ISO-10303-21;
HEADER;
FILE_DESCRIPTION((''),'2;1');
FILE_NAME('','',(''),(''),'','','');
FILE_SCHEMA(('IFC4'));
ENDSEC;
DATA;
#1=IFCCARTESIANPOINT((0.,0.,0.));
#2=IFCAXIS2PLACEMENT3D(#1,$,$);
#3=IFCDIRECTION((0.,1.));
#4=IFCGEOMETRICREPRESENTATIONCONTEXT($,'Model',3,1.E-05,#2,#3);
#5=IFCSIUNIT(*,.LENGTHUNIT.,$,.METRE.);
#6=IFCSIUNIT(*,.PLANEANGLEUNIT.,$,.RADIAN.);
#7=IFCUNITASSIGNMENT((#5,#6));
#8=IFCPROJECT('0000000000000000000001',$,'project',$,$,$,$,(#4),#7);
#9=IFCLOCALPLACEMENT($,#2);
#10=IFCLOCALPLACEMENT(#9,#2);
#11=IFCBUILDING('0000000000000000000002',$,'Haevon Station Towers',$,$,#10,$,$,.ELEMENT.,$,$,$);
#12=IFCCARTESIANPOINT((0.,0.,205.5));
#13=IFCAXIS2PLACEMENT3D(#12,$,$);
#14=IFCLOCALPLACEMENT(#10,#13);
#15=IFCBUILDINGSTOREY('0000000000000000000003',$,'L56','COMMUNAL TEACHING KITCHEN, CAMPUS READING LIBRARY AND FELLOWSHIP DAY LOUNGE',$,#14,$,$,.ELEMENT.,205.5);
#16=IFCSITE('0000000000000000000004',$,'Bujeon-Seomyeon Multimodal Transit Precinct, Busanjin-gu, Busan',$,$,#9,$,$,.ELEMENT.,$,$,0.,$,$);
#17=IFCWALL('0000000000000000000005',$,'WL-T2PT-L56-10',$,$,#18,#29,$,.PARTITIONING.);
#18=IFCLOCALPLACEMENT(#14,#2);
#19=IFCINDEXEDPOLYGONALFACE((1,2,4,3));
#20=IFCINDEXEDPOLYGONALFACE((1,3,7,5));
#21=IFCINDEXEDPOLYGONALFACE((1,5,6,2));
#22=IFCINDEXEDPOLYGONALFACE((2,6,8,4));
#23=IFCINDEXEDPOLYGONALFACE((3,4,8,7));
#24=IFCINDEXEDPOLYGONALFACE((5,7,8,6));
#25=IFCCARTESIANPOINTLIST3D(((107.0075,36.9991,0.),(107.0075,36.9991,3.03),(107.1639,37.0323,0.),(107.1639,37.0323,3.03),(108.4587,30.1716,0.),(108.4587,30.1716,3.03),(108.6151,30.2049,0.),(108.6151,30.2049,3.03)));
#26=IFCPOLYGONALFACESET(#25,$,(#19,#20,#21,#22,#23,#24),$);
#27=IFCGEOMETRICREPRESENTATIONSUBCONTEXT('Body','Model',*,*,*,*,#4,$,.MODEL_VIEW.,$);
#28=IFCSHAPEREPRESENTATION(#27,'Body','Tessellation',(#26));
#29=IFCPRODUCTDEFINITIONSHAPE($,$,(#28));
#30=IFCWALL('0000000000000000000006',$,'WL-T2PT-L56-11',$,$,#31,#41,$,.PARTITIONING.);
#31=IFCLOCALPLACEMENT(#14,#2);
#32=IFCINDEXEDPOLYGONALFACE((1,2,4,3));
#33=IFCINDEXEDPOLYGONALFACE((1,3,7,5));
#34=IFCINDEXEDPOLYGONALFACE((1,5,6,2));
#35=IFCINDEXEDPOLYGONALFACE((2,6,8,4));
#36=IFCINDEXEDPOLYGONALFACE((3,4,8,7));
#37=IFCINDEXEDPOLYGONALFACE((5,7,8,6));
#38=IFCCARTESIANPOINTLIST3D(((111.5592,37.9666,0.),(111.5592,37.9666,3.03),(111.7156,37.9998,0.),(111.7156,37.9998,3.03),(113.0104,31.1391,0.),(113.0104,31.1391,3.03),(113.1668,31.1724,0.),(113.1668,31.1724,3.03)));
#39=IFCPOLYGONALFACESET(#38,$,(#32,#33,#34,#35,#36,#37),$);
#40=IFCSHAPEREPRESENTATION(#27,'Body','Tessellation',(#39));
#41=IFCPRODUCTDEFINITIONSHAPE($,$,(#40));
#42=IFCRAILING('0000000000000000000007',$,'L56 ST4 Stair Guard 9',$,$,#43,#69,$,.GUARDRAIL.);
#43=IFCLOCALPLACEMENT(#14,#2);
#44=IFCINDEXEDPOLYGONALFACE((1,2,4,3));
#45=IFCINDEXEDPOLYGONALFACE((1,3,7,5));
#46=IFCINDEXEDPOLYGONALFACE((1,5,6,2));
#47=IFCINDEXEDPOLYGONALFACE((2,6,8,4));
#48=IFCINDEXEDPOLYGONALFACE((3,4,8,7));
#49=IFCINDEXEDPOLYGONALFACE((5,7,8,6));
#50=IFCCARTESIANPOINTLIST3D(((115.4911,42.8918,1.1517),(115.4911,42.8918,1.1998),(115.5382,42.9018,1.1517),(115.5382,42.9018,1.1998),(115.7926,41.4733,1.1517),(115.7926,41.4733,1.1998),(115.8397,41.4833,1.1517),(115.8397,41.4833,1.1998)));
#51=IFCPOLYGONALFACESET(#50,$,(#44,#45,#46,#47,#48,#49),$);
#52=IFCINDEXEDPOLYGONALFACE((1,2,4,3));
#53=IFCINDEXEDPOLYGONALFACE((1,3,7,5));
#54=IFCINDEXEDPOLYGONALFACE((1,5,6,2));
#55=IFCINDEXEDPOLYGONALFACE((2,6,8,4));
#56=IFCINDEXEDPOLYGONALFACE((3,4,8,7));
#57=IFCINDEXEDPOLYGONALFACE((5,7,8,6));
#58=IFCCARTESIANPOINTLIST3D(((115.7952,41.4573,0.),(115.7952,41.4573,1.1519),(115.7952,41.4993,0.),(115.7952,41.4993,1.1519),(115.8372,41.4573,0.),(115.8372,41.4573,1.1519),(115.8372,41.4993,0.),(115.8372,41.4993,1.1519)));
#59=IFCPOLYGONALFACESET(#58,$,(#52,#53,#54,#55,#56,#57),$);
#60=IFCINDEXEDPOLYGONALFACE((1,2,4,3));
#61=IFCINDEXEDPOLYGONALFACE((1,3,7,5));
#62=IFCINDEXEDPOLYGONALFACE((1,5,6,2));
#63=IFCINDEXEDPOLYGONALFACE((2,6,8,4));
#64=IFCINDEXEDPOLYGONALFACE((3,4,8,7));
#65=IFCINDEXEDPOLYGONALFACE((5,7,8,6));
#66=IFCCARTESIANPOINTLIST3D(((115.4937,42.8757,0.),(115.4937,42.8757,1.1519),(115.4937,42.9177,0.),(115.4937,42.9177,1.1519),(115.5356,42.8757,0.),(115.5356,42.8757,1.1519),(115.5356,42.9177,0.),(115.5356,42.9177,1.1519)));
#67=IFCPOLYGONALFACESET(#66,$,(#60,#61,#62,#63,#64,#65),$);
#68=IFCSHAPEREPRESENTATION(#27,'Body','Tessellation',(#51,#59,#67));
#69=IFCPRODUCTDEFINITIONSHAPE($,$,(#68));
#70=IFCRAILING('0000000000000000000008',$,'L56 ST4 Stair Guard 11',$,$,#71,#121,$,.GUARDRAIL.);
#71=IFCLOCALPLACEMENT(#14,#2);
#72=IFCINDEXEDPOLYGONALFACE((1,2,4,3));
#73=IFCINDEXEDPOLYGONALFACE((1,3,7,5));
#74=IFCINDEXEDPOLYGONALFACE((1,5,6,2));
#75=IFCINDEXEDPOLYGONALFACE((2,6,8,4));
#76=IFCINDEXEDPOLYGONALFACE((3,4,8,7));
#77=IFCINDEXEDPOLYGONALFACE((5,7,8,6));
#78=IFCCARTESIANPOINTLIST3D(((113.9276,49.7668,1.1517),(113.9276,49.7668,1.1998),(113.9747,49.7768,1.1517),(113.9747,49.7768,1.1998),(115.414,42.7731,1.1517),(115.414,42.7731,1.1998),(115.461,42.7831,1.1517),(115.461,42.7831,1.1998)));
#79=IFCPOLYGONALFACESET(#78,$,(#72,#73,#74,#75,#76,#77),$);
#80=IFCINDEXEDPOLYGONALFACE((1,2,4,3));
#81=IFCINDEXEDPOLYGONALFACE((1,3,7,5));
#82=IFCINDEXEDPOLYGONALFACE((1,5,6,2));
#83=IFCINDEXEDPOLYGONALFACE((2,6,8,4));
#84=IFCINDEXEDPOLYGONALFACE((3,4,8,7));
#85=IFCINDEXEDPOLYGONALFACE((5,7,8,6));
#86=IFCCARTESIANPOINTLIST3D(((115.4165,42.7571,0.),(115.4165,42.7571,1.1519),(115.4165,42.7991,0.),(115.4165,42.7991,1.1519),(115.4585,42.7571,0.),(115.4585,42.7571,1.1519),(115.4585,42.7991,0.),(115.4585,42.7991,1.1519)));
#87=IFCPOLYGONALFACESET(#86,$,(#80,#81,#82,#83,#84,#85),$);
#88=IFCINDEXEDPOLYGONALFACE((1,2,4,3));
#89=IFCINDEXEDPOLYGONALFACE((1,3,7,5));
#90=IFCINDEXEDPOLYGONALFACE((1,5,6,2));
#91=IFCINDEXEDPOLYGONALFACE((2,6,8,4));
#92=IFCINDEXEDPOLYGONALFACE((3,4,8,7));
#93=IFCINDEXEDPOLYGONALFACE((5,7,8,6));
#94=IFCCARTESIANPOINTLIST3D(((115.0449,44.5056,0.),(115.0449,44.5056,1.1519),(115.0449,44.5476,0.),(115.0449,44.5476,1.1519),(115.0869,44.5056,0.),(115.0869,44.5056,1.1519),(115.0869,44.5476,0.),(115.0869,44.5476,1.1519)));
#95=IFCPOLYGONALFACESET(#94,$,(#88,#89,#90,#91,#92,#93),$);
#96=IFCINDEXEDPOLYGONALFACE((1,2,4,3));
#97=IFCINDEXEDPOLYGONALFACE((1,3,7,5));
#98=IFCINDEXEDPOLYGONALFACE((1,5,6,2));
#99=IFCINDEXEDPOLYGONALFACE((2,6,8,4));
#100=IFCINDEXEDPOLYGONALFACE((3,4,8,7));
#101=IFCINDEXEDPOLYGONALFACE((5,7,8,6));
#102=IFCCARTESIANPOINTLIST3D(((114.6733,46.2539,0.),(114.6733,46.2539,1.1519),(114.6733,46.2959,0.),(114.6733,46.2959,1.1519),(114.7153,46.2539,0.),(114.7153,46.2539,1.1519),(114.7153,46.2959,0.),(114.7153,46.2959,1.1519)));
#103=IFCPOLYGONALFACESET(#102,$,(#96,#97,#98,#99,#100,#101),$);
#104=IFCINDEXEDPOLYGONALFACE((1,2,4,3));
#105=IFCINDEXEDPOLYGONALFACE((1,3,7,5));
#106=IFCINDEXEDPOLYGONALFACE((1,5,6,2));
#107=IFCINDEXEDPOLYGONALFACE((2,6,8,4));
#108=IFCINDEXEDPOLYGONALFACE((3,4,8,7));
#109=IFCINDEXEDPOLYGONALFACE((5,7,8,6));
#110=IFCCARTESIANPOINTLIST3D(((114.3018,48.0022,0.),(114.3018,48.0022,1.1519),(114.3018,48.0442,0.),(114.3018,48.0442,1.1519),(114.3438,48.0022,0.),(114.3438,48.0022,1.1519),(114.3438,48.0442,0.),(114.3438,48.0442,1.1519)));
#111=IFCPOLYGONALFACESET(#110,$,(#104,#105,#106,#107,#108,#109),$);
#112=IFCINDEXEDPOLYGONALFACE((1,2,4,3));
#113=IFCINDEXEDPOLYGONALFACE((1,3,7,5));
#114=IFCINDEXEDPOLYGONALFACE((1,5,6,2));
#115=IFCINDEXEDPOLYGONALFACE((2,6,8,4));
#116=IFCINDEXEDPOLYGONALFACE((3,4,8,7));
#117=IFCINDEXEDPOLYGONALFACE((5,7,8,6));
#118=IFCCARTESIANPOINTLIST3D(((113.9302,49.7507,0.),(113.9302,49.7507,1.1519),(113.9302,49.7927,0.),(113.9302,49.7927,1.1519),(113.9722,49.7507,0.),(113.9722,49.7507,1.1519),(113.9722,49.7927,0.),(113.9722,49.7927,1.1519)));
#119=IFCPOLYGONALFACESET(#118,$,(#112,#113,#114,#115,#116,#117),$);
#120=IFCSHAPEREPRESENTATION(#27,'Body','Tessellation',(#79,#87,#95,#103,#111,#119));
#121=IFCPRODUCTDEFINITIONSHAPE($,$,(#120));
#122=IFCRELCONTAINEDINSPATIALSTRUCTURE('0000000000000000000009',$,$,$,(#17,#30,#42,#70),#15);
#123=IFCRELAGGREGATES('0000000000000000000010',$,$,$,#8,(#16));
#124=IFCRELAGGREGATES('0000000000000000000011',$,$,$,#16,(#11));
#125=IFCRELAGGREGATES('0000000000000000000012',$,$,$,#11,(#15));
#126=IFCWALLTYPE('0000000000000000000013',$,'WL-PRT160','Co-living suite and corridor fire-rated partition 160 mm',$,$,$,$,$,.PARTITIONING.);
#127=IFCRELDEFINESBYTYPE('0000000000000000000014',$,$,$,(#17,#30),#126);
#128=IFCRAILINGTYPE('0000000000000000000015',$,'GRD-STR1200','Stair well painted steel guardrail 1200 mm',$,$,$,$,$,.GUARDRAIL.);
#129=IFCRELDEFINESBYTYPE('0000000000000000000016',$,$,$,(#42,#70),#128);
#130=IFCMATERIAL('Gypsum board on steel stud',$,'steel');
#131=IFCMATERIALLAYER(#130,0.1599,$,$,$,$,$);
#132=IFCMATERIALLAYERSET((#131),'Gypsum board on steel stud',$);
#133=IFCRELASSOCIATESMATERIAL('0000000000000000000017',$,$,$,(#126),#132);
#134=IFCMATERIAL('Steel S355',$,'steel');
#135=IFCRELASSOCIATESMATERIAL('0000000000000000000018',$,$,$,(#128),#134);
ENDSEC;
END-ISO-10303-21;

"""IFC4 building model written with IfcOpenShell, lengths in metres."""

from ifc_helpers import new_model, si_unit, direction, frame, frame_2d, origin, origin_2d, place, context, subcontext, project, spatial, rectangle, extrude, material, layer, layer_set, type_object, element, save


model = new_model("IFC4")

# Units and contexts
model_context = context("Model", 3, precision=1e-05, world=origin(), true_north=direction((0.0, 1.0)))
body_context = subcontext(model_context, "Body", "Model", "MODEL_VIEW")
ifc_project = project(units=[si_unit("LENGTHUNIT", "METRE"), si_unit("PLANEANGLEUNIT", "RADIAN")], contexts=[model_context])

# Site, building, storey
site_placement = place(None, origin())
site = spatial("IfcSite", under=ifc_project, at=site_placement, Name="Bujeon-Seomyeon Multimodal Transit Precinct, Busanjin-gu, Busan", CompositionType="ELEMENT", RefElevation=0.0)
building_placement = place(site_placement, origin())
building = spatial("IfcBuilding", under=site, at=building_placement, Name="Haevon Station Towers", CompositionType="ELEMENT")
storey_placement = place(building_placement, frame((0.0, 0.0, 205.5)))
storey = spatial("IfcBuildingStorey", under=building, at=storey_placement, Name="L56", Description="COMMUNAL TEACHING KITCHEN, CAMPUS READING LIBRARY AND FELLOWSHIP DAY LOUNGE", CompositionType="ELEMENT", Elevation=205.5)

# Shared definitions
ifc_material_1 = material(Name="Steel S355", Category="steel")

# Shared definitions
ifc_material_2 = material(Name="Gypsum board on steel stud", Category="steel")

# Walls
ifc_layer_1 = layer(ifc_material_2, 0.1599)
ifc_layer_set_1 = layer_set([ifc_layer_1], Name="Gypsum board on steel stud")
wall_type_1 = type_object("IfcWallType", Name="WL-PRT160", Description="Co-living suite and corridor fire-rated partition 160 mm", PredefinedType="PARTITIONING", material=ifc_layer_set_1)
for number, where, z_axis, x_axis, name in (
    (1, (108.5369, 30.1882, 0.0), (0.0, 0.0, 1.0), (-0.207907, 0.978149, 0.0), "WL-T2PT-L56-10"),
    (2, (113.0886, 31.1558, 0.0), (0.0, 0.0, 1.0), (-0.207907, 0.978149, 0.0), "WL-T2PT-L56-11"),
):
    element("IfcWall", number, at=place(storey_placement, frame(where, z_axis=z_axis, x_axis=x_axis)), inside=storey, type_object=wall_type_1, Name=name, PredefinedType="PARTITIONING", context=body_context, shape_type="SweptSolid", body=[
        extrude(rectangle(XDim=6.98, YDim=0.1599, at=frame_2d((3.49, 0.0))), origin(), (0.0, 0.0, 1.0), 3.03),
    ])

# Railings
railing_type = type_object("IfcRailingType", Name="GRD-STR1200", Description="Stair well painted steel guardrail 1200 mm", PredefinedType="GUARDRAIL", material=ifc_material_1)
railing_1_placement = place(storey_placement, frame((115.8162, 41.4783, 0.0)))
element("IfcRailing", 3, at=railing_1_placement, inside=storey, type_object=railing_type, Name="L56 ST4 Stair Guard 9", PredefinedType="GUARDRAIL", context=body_context, shape_type="SweptSolid", body=[
    extrude(rectangle(XDim=0.0481, YDim=0.0481, at=origin_2d()), frame((0.0, 0.0, 1.1758), z_axis=(-0.207919, 0.978146, 0.0), x_axis=(-0.978146, -0.207919, 0.0)), (0.0, 0.0, 1.0), 1.4502),
    extrude(rectangle(XDim=0.042, YDim=0.042, at=origin_2d()), origin(), (0.0, 0.0, 1.0), 1.1519),
    extrude(rectangle(XDim=0.042, YDim=0.042, at=origin_2d()), frame((-0.3015, 1.4185, 0.0)), (0.0, 0.0, 1.0), 1.1519),
])
railing_2_placement = place(storey_placement, frame((115.4375, 42.7781, 0.0)))
element("IfcRailing", 4, at=railing_2_placement, inside=storey, type_object=railing_type, Name="L56 ST4 Stair Guard 11", PredefinedType="GUARDRAIL", context=body_context, shape_type="SweptSolid", body=[
    extrude(rectangle(XDim=0.0481, YDim=0.0481, at=origin_2d()), frame((0.0, 0.0, 1.1758), z_axis=(-0.207882, 0.978154, 0.0), x_axis=(-0.978154, -0.207882, 0.0)), (0.0, 0.0, 1.0), 7.1499),
    extrude(rectangle(XDim=0.042, YDim=0.042, at=origin_2d()), origin(), (0.0, 0.0, 1.0), 1.1519),
    extrude(rectangle(XDim=0.042, YDim=0.042, at=origin_2d()), frame((-0.3716, 1.7485, 0.0)), (0.0, 0.0, 1.0), 1.1519),
    extrude(rectangle(XDim=0.042, YDim=0.042, at=origin_2d()), frame((-0.7432, 3.4968, 0.0)), (0.0, 0.0, 1.0), 1.1519),
    extrude(rectangle(XDim=0.042, YDim=0.042, at=origin_2d()), frame((-1.1147, 5.2451, 0.0)), (0.0, 0.0, 1.0), 1.1519),
    extrude(rectangle(XDim=0.042, YDim=0.042, at=origin_2d()), frame((-1.4863, 6.9937, 0.0)), (0.0, 0.0, 1.0), 1.1519),
])

save(model, "model.ifc")
